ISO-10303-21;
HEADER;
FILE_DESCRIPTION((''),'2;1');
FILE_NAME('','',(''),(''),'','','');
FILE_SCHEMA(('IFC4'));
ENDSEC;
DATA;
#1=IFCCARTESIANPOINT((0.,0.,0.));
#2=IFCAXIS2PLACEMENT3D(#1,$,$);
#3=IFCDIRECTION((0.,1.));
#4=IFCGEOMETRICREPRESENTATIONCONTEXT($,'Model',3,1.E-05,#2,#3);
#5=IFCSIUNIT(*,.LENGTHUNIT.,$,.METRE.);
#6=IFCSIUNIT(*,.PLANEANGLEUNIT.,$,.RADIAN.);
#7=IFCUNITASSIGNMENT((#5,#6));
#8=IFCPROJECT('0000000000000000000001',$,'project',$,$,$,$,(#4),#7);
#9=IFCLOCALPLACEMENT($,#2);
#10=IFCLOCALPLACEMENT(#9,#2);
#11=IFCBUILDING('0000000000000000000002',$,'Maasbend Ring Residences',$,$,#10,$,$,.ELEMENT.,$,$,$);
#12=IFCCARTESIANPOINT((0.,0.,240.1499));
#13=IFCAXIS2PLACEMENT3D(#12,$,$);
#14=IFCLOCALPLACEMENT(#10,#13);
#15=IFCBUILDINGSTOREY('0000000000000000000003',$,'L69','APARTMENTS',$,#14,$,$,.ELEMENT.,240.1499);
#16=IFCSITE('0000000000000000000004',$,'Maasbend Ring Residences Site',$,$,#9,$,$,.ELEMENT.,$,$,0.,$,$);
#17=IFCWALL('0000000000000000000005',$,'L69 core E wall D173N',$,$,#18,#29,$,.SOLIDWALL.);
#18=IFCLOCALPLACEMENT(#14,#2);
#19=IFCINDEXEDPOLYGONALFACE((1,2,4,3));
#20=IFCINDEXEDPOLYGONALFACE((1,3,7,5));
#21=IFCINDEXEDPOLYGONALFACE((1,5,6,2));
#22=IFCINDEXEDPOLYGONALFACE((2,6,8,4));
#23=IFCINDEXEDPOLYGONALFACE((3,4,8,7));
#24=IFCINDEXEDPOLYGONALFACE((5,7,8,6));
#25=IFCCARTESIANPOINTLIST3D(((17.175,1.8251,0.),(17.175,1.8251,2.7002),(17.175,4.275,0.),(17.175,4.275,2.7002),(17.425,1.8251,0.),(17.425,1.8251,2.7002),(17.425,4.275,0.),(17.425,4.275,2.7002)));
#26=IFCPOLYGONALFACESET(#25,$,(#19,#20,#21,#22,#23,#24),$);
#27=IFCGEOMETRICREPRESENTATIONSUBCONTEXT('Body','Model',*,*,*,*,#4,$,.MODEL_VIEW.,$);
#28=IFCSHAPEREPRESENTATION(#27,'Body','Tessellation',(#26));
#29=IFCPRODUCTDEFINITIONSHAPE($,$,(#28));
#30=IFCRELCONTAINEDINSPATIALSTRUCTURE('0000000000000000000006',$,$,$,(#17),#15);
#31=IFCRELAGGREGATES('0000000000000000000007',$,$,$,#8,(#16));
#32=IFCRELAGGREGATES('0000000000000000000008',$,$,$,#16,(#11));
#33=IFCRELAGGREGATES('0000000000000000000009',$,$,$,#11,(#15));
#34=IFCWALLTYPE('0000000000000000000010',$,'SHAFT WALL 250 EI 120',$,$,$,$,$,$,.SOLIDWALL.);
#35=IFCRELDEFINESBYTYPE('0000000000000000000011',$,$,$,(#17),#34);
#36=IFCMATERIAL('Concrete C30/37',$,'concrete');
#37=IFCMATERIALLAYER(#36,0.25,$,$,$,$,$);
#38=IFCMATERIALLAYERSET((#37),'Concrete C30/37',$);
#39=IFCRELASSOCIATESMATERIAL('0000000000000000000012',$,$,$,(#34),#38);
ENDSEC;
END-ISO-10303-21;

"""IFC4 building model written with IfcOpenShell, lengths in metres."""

from ifc_helpers import new_model, si_unit, direction, frame, frame_2d, origin, place, context, subcontext, project, spatial, rectangle, extrude, material, layer, layer_set, type_object, element, save


model = new_model("IFC4")

# Units and contexts
model_context = context("Model", 3, precision=1e-05, world=origin(), true_north=direction((0.0, 1.0)))
body_context = subcontext(model_context, "Body", "Model", "MODEL_VIEW")
ifc_project = project(units=[si_unit("LENGTHUNIT", "METRE"), si_unit("PLANEANGLEUNIT", "RADIAN")], contexts=[model_context])

# Site, building, storey
site_placement = place(None, origin())
site = spatial("IfcSite", under=ifc_project, at=site_placement, Name="Maasbend Ring Residences Site", CompositionType="ELEMENT", RefElevation=0.0)
building_placement = place(site_placement, origin())
building = spatial("IfcBuilding", under=site, at=building_placement, Name="Maasbend Ring Residences", CompositionType="ELEMENT")
storey_placement = place(building_placement, frame((0.0, 0.0, 240.1499)))
storey = spatial("IfcBuildingStorey", under=building, at=storey_placement, Name="L69", Description="APARTMENTS", CompositionType="ELEMENT", Elevation=240.1499)

# Wall
ifc_material_1 = material(Name="Concrete C30/37", Category="concrete")
ifc_layer_1 = layer(ifc_material_1, 0.25)
ifc_layer_set_1 = layer_set([ifc_layer_1], Name="Concrete C30/37")
wall_type_1 = type_object("IfcWallType", Name="SHAFT WALL 250 EI 120", PredefinedType="SOLIDWALL", material=ifc_layer_set_1)
wall_1_placement = place(storey_placement, frame((17.3, 1.825, 0.0), z_axis=(0.0, 0.0, 1.0), x_axis=(0.0, 1.0, 0.0)))
element("IfcWall", 1, at=wall_1_placement, inside=storey, type_object=wall_type_1, Name="L69 core E wall D173N", PredefinedType="SOLIDWALL", context=body_context, shape_type="SweptSolid", body=[
    extrude(rectangle(XDim=2.45, YDim=0.25, at=frame_2d((1.2251, 0.0))), origin(), (0.0, 0.0, 1.0), 2.7002),
])

save(model, "model.ifc")
